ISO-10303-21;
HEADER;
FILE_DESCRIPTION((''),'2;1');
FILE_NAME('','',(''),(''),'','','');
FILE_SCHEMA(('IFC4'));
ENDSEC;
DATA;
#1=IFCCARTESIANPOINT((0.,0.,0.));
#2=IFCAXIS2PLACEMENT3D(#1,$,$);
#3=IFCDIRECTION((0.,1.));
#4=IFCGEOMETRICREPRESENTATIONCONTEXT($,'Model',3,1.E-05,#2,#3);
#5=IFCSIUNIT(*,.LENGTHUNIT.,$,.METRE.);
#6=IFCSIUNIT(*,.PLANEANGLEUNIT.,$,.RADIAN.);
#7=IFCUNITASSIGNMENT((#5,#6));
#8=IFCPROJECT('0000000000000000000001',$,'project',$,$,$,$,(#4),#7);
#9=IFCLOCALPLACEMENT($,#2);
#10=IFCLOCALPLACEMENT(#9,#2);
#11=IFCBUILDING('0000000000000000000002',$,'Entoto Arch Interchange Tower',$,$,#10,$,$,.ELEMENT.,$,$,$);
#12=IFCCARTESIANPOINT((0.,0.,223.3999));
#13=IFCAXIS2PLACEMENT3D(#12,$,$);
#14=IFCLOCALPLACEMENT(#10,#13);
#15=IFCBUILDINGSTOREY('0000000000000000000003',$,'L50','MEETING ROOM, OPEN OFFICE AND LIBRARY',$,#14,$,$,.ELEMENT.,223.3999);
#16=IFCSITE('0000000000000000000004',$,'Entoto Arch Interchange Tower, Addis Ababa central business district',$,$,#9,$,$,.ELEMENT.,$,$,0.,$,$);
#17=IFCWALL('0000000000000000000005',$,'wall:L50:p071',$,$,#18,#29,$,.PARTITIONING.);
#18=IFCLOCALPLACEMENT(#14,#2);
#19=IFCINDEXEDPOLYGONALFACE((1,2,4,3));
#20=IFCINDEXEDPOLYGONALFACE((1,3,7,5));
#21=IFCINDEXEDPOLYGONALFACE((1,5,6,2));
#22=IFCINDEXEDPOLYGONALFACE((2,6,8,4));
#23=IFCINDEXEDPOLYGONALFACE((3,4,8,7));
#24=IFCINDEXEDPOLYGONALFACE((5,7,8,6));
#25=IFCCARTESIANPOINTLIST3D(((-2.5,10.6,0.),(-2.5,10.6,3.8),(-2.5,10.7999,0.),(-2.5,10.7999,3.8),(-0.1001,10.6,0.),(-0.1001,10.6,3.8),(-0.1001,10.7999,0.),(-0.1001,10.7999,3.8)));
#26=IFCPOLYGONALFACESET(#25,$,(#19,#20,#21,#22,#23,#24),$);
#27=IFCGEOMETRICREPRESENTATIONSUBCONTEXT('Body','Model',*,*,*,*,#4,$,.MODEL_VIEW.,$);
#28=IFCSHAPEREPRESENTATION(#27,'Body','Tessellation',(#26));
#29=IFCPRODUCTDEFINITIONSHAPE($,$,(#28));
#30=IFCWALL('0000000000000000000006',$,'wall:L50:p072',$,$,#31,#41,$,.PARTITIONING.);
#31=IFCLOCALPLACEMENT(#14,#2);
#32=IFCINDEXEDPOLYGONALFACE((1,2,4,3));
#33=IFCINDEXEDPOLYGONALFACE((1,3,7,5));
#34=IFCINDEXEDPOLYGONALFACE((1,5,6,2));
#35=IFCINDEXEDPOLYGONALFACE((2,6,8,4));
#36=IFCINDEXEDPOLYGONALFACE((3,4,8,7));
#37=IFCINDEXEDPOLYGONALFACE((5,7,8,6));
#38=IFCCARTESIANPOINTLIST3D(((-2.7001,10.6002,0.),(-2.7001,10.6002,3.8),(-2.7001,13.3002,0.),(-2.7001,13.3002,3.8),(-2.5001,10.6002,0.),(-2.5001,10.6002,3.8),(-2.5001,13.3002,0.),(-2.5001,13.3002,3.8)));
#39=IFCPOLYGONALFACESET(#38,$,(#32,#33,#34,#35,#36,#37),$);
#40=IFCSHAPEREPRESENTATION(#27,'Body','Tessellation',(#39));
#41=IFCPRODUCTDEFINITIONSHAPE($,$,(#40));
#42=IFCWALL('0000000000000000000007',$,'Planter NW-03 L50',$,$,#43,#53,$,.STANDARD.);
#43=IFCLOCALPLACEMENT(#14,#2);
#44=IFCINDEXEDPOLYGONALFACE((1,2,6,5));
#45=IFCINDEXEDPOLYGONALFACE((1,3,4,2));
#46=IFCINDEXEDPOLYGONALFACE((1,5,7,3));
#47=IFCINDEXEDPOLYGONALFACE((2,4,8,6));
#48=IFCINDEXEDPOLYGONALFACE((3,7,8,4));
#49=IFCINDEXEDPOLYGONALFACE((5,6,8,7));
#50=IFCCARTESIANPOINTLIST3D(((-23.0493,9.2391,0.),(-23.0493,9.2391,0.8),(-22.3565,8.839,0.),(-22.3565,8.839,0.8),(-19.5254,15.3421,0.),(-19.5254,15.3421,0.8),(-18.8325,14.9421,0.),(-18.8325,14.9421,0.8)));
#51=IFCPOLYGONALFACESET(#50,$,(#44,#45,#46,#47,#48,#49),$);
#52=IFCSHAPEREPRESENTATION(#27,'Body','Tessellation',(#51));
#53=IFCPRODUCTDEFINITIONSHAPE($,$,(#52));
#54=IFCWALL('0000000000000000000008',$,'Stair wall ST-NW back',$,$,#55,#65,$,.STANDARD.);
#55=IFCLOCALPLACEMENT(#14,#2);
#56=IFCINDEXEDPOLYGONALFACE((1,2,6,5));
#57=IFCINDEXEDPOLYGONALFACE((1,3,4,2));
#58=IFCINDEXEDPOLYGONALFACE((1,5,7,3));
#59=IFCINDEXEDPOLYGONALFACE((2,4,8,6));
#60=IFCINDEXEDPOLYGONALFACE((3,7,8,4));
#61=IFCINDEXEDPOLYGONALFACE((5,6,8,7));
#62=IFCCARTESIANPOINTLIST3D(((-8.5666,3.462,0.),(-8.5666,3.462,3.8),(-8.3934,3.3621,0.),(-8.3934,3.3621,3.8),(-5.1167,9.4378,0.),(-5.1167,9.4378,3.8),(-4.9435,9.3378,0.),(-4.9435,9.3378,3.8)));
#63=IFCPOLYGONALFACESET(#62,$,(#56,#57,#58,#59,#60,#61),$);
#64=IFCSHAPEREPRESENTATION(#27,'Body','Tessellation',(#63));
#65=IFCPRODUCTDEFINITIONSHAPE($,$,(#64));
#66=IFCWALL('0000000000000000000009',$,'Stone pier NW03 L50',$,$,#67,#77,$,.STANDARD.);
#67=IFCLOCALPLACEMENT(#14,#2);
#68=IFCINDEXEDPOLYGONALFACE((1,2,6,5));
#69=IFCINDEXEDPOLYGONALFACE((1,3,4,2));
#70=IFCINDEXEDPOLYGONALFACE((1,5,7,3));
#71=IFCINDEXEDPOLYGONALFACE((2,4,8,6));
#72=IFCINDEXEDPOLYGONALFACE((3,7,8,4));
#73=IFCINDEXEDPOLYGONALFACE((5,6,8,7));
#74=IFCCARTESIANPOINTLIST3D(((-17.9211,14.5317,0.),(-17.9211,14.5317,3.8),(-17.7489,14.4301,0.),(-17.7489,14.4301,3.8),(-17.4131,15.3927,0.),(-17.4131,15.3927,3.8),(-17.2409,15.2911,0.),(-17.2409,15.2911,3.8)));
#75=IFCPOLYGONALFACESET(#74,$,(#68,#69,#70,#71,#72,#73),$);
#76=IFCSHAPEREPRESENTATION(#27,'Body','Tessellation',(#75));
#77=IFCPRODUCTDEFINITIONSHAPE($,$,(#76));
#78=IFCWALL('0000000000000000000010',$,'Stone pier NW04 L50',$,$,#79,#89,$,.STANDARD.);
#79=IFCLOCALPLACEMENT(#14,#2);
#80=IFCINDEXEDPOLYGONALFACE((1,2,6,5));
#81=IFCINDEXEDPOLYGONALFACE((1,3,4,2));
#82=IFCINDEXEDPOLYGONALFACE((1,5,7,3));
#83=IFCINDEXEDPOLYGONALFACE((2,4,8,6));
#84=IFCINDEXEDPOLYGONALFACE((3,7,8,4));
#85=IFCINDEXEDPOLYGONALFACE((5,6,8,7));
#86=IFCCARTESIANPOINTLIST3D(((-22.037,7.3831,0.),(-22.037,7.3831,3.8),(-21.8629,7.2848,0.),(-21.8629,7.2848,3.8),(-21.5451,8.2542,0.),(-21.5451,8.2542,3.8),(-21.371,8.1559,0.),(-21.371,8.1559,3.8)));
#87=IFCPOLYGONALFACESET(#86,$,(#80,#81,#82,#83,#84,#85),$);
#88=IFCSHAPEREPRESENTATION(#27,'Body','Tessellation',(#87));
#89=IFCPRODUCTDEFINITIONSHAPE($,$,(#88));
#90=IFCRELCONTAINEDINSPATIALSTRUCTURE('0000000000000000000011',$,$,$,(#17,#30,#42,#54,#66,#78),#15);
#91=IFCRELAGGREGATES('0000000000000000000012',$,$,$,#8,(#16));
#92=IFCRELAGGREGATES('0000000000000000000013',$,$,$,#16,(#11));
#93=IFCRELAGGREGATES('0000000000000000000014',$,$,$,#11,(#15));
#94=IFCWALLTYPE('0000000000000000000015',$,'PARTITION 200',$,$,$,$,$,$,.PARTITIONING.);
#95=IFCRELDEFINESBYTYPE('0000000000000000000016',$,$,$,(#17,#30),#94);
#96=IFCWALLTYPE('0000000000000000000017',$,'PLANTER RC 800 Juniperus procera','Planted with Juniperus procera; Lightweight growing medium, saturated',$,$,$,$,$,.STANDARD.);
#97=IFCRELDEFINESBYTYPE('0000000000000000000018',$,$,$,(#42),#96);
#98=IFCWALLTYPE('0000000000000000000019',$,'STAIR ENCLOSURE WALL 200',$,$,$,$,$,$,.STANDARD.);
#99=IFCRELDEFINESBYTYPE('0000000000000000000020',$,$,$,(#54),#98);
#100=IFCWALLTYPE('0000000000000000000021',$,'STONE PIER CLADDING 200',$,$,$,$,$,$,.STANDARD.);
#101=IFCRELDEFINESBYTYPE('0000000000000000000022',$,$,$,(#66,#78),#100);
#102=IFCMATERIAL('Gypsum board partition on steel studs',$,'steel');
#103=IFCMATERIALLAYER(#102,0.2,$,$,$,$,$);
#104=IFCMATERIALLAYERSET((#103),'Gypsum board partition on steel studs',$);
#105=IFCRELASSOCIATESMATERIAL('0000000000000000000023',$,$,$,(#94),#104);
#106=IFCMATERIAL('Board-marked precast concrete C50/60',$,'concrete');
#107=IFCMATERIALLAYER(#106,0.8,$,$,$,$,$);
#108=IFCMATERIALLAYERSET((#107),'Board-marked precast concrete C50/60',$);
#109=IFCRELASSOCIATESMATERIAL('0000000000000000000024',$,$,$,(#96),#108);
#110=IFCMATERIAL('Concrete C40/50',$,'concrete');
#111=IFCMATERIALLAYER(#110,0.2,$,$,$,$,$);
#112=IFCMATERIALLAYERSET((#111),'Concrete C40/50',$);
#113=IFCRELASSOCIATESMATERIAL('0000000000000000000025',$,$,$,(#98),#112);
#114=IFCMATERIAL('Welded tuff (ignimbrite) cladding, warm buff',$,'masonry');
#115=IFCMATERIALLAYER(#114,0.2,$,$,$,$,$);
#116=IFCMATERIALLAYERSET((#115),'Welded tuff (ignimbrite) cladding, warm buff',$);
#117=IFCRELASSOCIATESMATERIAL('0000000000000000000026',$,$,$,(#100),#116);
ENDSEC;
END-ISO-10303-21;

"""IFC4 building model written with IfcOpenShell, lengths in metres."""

from ifc_helpers import new_model, si_unit, direction, frame, frame_2d, origin, place, context, subcontext, project, spatial, rectangle, extrude, material, layer, layer_set, type_object, element, save


model = new_model("IFC4")

# Units and contexts
model_context = context("Model", 3, precision=1e-05, world=origin(), true_north=direction((0.0, 1.0)))
body_context = subcontext(model_context, "Body", "Model", "MODEL_VIEW")
ifc_project = project(units=[si_unit("LENGTHUNIT", "METRE"), si_unit("PLANEANGLEUNIT", "RADIAN")], contexts=[model_context])

# Site, building, storey
site_placement = place(None, origin())
site = spatial("IfcSite", under=ifc_project, at=site_placement, Name="Entoto Arch Interchange Tower, Addis Ababa central business district", CompositionType="ELEMENT", RefElevation=0.0)
building_placement = place(site_placement, origin())
building = spatial("IfcBuilding", under=site, at=building_placement, Name="Entoto Arch Interchange Tower", CompositionType="ELEMENT")
storey_placement = place(building_placement, frame((0.0, 0.0, 223.3999)))
storey = spatial("IfcBuildingStorey", under=building, at=storey_placement, Name="L50", Description="MEETING ROOM, OPEN OFFICE AND LIBRARY", CompositionType="ELEMENT", Elevation=223.3999)

# Shared definitions
ifc_material_1 = material(Name="Concrete C40/50", Category="concrete")
ifc_material_2 = material(Name="Gypsum board partition on steel studs", Category="steel")

# Shared definitions
ifc_layer_1 = layer(ifc_material_2, 0.2)
ifc_layer_set_1 = layer_set([ifc_layer_1], Name="Gypsum board partition on steel studs")
wall_type_1 = type_object("IfcWallType", Name="PARTITION 200", PredefinedType="PARTITIONING", material=ifc_layer_set_1)

# Walls
wall_1_placement = place(storey_placement, frame((-0.1001, 10.7, 0.0), z_axis=(0.0, 0.0, 1.0), x_axis=(-1.0, 0.0, 0.0)))
element("IfcWall", 1, at=wall_1_placement, inside=storey, type_object=wall_type_1, Name="wall:L50:p071", PredefinedType="PARTITIONING", context=body_context, shape_type="SweptSolid", body=[
    extrude(rectangle(XDim=2.3999, YDim=0.2, at=frame_2d((1.2, 0.0))), origin(), (0.0, 0.0, 1.0), 3.8),
])
wall_2_placement = place(storey_placement, frame((-2.6001, 10.6001, 0.0), z_axis=(0.0, 0.0, 1.0), x_axis=(0.0, 1.0, 0.0)))
element("IfcWall", 2, at=wall_2_placement, inside=storey, type_object=wall_type_1, Name="wall:L50:p072", PredefinedType="PARTITIONING", context=body_context, shape_type="SweptSolid", body=[
    extrude(rectangle(XDim=2.7, YDim=0.2, at=frame_2d((1.3501, 0.0))), origin(), (0.0, 0.0, 1.0), 3.8),
])
ifc_material_3 = material(Name="Board-marked precast concrete C50/60", Category="concrete")
ifc_layer_2 = layer(ifc_material_3, 0.8)
ifc_layer_set_2 = layer_set([ifc_layer_2], Name="Board-marked precast concrete C50/60")
wall_type_2 = type_object("IfcWallType", Name="PLANTER RC 800 Juniperus procera", Description="Planted with Juniperus procera; Lightweight growing medium, saturated", PredefinedType="STANDARD", material=ifc_layer_set_2)
wall_3_placement = place(storey_placement, frame((-19.179, 15.1421, 0.0), z_axis=(0.0, 0.0, 1.0), x_axis=(-0.500036, -0.866004, 0.0)))
element("IfcWall", 3, at=wall_3_placement, inside=storey, type_object=wall_type_2, Name="Planter NW-03 L50", PredefinedType="STANDARD", context=body_context, shape_type="SweptSolid", body=[
    extrude(rectangle(XDim=7.0474, YDim=0.8, at=frame_2d((3.5237, 0.0))), origin(), (0.0, 0.0, 1.0), 0.8),
])
ifc_layer_3 = layer(ifc_material_1, 0.2)
ifc_layer_set_3 = layer_set([ifc_layer_3], Name="Concrete C40/50")
wall_type_3 = type_object("IfcWallType", Name="STAIR ENCLOSURE WALL 200", PredefinedType="STANDARD", material=ifc_layer_set_3)
wall_4_placement = place(storey_placement, frame((-5.03, 9.3879, 0.0), z_axis=(0.0, 0.0, 1.0), x_axis=(-0.499979, -0.866038, 0.0)))
element("IfcWall", 4, at=wall_4_placement, inside=storey, type_object=wall_type_3, Name="Stair wall ST-NW back", PredefinedType="STANDARD", context=body_context, shape_type="SweptSolid", body=[
    extrude(rectangle(XDim=6.9001, YDim=0.2, at=frame_2d((3.4502, 0.0))), origin(), (0.0, 0.0, 1.0), 3.8),
])

# Shared definitions
ifc_material_4 = material(Name="Welded tuff (ignimbrite) cladding, warm buff", Category="masonry")

# Walls
ifc_layer_4 = layer(ifc_material_4, 0.2)
ifc_layer_set_4 = layer_set([ifc_layer_4], Name="Welded tuff (ignimbrite) cladding, warm buff")
wall_type_4 = type_object("IfcWallType", Name="STONE PIER CLADDING 200", PredefinedType="STANDARD", material=ifc_layer_set_4)
wall_5_placement = place(storey_placement, frame((-17.3269, 15.342, 0.0), z_axis=(0.0, 0.0, 1.0), x_axis=(-0.508162, -0.861262, 0.0)))
element("IfcWall", 5, at=wall_5_placement, inside=storey, type_object=wall_type_4, Name="Stone pier NW03 L50", PredefinedType="STANDARD", context=body_context, shape_type="SweptSolid", body=[
    extrude(rectangle(XDim=0.9998, YDim=0.2, at=frame_2d((0.5, 0.0))), origin(), (0.0, 0.0, 1.0), 3.8),
])
wall_6_placement = place(storey_placement, frame((-21.458, 8.2051, 0.0), z_axis=(0.0, 0.0, 1.0), x_axis=(-0.491744, -0.87074, 0.0)))
element("IfcWall", 6, at=wall_6_placement, inside=storey, type_object=wall_type_4, Name="Stone pier NW04 L50", PredefinedType="STANDARD", context=body_context, shape_type="SweptSolid", body=[
    extrude(rectangle(XDim=1.0005, YDim=0.2, at=frame_2d((0.5002, 0.0))), origin(), (0.0, 0.0, 1.0), 3.8),
])

save(model, "model.ifc")
